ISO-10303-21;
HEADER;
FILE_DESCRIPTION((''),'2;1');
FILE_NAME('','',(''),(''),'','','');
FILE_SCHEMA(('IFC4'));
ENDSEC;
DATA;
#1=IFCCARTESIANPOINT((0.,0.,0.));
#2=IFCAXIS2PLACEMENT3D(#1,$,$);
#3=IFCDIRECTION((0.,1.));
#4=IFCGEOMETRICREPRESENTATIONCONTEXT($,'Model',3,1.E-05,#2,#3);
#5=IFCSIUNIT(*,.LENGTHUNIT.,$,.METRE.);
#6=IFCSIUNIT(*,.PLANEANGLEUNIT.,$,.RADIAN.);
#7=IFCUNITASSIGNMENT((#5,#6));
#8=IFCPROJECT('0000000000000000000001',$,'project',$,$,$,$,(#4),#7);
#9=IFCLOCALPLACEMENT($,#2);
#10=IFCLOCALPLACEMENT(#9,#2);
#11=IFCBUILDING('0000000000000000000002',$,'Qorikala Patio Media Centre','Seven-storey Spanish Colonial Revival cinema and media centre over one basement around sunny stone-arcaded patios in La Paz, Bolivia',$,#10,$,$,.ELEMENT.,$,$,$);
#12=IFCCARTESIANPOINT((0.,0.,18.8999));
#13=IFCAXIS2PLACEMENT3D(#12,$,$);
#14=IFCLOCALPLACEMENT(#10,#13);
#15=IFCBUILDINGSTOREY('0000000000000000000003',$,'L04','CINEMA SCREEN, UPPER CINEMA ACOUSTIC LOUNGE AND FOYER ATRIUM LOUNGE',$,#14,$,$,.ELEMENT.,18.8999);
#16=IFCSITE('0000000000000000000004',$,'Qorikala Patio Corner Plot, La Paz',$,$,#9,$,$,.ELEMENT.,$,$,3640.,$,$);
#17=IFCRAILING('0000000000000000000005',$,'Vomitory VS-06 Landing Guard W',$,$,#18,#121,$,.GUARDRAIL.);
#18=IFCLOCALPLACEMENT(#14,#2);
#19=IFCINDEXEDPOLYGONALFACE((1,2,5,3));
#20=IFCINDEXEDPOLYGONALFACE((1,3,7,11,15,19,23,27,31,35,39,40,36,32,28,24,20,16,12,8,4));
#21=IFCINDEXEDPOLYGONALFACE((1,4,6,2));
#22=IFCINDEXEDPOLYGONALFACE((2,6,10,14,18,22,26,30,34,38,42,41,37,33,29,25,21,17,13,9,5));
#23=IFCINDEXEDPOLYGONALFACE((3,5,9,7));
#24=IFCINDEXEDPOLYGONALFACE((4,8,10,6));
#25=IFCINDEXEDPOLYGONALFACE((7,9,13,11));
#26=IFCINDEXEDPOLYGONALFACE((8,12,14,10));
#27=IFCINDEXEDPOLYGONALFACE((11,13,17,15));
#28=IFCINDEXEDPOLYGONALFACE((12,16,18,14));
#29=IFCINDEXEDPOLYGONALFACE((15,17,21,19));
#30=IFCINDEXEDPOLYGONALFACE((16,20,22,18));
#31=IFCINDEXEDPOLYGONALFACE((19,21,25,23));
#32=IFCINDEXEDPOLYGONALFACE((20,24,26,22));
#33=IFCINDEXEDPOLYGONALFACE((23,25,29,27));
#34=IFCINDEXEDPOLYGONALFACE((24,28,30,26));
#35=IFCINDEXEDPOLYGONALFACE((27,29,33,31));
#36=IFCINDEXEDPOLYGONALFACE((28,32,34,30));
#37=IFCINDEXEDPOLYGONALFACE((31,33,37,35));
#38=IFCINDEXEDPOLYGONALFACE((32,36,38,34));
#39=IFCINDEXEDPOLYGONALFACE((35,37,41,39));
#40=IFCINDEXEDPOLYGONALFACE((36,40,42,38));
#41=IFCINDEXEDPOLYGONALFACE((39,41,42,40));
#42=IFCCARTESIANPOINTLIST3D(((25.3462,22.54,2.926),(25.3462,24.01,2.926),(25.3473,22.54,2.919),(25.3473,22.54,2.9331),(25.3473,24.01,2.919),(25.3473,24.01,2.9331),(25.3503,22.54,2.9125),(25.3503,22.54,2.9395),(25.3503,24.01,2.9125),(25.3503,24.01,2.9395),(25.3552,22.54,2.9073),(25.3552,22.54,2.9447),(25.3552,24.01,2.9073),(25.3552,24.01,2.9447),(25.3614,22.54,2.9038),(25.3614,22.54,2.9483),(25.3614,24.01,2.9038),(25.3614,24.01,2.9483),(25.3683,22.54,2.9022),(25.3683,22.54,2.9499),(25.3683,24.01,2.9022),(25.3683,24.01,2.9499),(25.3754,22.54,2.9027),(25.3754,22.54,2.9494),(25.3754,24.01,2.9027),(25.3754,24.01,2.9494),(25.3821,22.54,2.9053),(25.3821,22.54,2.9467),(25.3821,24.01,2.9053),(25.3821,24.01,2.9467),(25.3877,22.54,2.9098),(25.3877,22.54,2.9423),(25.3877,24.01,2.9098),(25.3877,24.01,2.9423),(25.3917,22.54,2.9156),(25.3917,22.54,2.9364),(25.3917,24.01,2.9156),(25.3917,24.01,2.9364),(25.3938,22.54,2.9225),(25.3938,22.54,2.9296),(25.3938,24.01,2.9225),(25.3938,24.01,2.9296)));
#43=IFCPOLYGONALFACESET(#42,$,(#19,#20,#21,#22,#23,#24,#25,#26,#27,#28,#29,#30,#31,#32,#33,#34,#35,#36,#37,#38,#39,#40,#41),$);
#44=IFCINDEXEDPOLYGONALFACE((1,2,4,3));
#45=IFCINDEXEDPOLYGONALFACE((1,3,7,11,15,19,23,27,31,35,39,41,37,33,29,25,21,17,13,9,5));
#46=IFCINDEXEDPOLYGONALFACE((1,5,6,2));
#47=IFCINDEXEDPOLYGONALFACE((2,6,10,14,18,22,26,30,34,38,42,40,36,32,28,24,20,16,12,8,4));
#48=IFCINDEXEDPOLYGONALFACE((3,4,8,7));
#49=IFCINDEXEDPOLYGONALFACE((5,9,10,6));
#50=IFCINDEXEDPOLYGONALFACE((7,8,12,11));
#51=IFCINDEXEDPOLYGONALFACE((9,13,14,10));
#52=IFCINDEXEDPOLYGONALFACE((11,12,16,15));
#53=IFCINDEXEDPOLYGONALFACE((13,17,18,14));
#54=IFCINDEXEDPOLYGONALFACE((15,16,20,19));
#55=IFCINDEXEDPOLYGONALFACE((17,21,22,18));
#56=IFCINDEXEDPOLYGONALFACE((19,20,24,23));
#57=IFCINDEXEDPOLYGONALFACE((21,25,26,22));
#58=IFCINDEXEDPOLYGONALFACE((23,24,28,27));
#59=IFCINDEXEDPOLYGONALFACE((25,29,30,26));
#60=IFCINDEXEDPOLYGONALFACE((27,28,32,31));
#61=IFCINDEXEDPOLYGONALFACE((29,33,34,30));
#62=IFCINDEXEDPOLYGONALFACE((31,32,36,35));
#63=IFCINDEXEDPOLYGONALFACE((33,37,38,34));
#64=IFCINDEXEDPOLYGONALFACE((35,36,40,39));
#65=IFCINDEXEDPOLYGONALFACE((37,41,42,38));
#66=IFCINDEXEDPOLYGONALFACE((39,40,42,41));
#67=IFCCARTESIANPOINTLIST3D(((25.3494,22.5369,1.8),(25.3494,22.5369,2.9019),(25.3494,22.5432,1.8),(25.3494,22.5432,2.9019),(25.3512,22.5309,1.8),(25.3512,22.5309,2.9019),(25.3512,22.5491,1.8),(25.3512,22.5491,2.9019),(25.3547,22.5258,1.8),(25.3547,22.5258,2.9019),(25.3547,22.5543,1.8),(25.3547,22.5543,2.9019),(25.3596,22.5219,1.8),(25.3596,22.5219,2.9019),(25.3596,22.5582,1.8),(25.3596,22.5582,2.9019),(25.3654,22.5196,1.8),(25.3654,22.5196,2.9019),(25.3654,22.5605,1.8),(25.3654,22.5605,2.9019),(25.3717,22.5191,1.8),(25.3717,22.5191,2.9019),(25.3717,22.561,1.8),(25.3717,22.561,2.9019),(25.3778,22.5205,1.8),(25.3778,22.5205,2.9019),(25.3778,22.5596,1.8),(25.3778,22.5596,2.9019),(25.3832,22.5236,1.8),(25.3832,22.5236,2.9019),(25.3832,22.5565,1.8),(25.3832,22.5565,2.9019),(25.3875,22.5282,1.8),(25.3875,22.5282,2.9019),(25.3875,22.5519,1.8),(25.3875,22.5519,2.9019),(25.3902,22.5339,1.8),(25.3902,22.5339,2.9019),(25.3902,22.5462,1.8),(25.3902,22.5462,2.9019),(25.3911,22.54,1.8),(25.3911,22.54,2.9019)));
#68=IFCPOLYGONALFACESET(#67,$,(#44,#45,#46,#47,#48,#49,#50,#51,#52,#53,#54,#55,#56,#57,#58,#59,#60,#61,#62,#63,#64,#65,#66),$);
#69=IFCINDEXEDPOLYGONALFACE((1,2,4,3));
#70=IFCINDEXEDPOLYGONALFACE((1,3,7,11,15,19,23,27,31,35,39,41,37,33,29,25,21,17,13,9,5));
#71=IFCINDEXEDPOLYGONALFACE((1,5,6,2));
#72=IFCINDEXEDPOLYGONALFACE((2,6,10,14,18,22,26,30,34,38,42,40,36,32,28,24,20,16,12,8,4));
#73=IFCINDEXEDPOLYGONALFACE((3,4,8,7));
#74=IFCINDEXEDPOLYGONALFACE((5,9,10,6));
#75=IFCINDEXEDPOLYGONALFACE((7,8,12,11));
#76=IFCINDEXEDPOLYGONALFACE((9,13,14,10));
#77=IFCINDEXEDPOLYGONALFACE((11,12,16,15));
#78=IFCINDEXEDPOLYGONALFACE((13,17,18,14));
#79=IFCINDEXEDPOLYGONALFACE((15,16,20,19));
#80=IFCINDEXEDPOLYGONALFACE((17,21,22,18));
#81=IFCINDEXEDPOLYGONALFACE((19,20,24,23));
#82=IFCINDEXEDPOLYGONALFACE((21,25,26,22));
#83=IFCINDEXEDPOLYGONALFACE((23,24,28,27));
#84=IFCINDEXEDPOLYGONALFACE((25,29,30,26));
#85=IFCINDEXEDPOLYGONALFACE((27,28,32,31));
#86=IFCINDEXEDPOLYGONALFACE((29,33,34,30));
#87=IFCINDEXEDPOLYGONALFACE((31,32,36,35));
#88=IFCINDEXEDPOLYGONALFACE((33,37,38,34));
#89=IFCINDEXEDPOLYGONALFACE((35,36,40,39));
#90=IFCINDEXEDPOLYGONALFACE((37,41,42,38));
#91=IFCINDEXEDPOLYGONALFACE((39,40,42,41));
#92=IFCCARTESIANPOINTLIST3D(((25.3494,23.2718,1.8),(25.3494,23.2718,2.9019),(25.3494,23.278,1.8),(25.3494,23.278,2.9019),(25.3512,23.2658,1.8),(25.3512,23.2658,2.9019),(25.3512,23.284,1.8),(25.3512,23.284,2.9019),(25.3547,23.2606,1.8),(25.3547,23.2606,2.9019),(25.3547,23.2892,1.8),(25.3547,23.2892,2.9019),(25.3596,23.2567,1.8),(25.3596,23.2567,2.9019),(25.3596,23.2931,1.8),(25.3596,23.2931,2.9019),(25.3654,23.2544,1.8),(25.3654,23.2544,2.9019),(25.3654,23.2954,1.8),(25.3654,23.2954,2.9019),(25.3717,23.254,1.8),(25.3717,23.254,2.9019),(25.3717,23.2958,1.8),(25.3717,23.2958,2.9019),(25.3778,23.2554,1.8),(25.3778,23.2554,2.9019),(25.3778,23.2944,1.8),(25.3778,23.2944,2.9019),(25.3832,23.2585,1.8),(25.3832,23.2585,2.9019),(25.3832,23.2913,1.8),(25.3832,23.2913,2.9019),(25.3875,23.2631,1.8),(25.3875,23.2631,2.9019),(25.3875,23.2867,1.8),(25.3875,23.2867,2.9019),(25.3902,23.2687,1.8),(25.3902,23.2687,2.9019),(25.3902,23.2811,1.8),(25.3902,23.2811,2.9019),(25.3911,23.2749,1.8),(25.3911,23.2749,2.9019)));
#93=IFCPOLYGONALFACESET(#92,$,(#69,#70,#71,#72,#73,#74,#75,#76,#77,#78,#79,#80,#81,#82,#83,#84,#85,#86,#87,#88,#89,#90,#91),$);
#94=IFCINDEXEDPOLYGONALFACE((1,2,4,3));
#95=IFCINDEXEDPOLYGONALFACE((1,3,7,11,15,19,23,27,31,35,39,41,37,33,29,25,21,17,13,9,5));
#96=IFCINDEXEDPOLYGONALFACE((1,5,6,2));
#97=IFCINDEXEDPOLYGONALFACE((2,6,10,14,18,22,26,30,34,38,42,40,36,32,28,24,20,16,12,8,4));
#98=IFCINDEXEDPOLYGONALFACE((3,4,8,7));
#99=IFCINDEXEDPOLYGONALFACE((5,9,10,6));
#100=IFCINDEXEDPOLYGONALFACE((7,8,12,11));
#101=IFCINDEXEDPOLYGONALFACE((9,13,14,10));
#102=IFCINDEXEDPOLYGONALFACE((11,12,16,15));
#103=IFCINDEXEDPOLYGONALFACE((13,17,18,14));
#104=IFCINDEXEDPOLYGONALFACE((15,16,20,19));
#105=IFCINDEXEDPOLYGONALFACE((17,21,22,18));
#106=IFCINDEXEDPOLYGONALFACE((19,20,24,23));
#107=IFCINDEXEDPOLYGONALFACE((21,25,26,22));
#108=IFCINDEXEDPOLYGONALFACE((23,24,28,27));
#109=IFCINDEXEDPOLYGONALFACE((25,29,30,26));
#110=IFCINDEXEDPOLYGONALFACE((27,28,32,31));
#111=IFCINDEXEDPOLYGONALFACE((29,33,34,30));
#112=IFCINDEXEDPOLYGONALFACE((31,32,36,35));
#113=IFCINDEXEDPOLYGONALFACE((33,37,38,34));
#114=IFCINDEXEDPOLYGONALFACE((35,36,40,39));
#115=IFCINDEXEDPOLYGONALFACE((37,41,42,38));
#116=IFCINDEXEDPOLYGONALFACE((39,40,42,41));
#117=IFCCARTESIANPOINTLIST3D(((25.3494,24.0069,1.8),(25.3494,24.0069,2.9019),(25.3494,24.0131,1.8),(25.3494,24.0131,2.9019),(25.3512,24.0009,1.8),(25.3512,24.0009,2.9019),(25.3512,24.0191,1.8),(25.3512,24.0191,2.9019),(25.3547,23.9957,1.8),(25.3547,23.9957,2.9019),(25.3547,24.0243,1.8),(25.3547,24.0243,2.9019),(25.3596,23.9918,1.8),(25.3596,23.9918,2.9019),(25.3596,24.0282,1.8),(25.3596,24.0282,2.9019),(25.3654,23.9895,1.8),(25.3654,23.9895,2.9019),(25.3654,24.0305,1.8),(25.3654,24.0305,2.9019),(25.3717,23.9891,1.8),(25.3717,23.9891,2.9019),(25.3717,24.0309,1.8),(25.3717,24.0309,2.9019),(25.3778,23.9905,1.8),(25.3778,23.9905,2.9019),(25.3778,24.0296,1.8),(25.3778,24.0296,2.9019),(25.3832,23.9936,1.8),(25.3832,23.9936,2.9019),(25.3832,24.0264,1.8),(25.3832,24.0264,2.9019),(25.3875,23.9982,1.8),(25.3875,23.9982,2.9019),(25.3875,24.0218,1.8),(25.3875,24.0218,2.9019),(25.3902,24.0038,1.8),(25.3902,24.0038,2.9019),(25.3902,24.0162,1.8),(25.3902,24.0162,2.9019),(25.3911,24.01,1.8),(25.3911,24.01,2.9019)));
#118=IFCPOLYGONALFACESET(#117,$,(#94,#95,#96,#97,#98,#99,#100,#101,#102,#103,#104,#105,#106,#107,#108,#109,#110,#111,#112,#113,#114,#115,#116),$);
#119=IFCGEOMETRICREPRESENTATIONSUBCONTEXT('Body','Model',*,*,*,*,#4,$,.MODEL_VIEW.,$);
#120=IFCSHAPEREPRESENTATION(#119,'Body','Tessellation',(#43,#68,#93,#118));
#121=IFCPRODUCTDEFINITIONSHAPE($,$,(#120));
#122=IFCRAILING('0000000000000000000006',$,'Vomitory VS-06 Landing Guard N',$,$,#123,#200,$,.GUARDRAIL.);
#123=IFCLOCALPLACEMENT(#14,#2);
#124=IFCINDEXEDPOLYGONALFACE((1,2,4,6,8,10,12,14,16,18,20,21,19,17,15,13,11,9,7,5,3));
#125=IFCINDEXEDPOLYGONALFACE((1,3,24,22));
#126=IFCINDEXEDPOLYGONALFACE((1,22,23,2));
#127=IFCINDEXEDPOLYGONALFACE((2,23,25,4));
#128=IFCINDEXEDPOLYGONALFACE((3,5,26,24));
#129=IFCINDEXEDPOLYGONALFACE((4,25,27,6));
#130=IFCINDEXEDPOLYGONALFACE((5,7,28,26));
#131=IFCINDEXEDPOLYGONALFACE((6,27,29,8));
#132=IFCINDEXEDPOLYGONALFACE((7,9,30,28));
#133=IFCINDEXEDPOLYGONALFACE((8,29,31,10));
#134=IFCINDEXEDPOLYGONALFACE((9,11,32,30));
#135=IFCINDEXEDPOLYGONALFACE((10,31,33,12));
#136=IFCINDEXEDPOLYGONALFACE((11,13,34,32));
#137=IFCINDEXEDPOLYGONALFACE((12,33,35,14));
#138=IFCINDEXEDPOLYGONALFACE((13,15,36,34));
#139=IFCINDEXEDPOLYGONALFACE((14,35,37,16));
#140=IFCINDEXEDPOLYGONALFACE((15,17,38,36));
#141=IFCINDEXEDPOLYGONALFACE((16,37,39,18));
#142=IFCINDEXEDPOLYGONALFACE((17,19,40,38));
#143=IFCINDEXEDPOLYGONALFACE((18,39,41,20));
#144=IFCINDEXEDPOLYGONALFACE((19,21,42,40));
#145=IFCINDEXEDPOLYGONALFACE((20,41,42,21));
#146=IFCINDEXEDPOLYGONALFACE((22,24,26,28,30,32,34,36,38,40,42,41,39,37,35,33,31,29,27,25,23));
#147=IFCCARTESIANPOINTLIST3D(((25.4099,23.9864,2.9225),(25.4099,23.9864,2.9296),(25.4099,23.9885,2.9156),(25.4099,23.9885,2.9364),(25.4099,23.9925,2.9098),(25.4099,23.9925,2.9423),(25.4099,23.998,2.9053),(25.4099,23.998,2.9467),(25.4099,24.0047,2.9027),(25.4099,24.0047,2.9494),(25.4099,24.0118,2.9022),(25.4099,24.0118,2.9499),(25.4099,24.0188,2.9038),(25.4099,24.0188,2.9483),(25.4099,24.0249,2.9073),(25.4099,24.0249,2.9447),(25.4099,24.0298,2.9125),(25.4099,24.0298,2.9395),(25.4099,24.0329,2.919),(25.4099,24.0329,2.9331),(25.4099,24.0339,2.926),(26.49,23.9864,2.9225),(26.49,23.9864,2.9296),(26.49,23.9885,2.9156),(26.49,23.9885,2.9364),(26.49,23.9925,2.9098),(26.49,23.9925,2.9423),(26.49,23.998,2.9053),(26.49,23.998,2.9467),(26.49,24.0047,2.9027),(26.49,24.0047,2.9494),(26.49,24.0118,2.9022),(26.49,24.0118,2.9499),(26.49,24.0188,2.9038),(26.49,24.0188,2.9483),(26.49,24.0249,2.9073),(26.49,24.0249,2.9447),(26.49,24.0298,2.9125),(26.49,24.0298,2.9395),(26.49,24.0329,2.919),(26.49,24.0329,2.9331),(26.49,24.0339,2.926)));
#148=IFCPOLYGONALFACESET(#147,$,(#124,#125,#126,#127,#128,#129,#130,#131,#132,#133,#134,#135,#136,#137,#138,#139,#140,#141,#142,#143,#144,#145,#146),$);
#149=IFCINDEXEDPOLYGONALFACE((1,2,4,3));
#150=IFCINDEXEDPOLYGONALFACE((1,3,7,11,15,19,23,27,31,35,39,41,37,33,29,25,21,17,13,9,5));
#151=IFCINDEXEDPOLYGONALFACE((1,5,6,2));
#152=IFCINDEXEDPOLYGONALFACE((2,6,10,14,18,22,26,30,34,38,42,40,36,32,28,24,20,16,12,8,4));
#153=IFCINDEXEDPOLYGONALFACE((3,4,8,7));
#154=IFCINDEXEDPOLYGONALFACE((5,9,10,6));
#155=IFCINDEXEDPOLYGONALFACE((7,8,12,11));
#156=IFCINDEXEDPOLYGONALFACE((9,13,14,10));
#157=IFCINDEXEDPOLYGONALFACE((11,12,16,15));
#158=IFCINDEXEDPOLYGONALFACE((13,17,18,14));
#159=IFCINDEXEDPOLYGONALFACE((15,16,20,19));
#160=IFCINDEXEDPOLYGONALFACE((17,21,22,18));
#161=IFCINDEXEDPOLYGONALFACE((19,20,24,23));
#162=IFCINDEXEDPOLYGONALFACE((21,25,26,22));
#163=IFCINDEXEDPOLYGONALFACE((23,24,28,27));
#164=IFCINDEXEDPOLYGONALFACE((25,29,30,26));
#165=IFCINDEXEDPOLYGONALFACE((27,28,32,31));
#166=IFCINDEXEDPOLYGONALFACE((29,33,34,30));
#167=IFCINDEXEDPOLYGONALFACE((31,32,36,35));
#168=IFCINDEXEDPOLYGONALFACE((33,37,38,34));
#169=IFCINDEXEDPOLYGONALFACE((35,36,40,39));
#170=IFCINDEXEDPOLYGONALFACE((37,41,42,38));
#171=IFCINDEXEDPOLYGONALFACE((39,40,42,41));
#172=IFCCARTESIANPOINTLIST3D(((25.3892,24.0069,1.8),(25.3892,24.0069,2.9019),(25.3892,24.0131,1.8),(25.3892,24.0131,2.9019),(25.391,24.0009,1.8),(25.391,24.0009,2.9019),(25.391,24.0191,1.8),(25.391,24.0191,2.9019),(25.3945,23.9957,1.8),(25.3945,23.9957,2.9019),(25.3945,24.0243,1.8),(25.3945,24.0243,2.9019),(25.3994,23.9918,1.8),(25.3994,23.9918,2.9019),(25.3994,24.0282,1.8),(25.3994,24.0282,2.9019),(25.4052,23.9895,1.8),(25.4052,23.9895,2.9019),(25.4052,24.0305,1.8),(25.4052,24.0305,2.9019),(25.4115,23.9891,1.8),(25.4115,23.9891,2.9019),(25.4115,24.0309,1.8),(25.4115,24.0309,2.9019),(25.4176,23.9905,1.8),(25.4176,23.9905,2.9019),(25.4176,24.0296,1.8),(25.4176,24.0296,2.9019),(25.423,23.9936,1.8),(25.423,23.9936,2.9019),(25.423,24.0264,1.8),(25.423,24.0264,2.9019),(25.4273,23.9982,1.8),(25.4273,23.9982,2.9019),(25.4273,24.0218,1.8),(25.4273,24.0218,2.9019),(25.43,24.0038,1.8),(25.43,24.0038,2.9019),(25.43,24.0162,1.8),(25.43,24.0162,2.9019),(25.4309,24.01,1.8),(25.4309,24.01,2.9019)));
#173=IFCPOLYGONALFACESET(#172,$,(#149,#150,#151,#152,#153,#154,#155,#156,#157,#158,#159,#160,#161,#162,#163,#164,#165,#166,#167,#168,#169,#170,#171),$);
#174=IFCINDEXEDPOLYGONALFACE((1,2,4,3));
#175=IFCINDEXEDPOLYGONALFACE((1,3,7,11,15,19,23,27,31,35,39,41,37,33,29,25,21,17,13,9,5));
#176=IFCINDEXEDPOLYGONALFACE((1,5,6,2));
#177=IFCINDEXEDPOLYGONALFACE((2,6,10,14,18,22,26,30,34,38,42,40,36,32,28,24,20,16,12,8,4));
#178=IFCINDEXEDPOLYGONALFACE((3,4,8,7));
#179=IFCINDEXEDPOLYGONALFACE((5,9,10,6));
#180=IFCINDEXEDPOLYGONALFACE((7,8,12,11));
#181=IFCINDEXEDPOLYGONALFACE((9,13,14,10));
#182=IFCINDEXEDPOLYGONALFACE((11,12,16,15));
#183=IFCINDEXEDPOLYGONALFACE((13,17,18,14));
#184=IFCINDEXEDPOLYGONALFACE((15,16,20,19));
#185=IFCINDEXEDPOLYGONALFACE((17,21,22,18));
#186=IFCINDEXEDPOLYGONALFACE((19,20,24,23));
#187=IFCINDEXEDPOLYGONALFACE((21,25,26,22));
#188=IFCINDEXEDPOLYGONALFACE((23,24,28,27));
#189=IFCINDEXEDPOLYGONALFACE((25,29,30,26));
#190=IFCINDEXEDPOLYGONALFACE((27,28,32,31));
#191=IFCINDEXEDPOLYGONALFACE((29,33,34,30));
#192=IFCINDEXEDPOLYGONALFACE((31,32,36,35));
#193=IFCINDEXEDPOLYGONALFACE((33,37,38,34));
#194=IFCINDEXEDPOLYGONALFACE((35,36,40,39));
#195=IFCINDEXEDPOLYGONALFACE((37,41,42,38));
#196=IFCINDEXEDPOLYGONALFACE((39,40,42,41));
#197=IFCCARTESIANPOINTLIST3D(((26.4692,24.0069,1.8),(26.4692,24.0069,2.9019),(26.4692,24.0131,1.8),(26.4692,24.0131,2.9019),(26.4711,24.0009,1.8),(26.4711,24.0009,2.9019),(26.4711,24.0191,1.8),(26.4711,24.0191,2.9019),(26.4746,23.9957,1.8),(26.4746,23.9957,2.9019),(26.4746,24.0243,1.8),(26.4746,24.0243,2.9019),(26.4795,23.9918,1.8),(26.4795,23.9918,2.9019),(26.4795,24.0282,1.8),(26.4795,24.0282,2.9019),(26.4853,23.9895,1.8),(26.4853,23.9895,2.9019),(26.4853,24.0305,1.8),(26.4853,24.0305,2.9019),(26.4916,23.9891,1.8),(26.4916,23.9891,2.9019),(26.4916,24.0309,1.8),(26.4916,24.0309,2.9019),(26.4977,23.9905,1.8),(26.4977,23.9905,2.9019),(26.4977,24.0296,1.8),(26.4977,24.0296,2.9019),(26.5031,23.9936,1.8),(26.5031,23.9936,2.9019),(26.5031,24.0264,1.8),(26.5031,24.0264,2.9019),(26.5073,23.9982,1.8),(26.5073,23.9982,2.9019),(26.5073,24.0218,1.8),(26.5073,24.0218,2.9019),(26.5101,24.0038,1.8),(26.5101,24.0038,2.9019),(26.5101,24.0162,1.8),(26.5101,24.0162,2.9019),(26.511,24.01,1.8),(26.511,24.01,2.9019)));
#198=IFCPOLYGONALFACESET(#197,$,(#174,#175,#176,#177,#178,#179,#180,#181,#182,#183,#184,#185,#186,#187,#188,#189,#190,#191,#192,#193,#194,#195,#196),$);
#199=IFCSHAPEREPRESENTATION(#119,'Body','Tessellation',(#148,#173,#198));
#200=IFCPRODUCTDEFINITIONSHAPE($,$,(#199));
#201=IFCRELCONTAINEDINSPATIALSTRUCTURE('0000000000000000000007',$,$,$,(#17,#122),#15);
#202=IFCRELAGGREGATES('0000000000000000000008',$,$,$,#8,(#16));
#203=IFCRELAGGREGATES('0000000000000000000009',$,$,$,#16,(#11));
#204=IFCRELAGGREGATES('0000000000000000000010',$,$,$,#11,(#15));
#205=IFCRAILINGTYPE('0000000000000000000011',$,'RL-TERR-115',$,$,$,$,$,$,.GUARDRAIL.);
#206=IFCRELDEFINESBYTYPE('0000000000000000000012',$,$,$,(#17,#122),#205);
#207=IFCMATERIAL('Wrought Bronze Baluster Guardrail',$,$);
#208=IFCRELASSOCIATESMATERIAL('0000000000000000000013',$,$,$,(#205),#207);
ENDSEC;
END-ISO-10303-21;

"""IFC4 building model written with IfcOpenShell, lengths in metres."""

from ifc_helpers import new_model, si_unit, direction, frame, origin, origin_2d, place, context, subcontext, project, spatial, circle, extrude, material, type_object, element, save


model = new_model("IFC4")

# Units and contexts
model_context = context("Model", 3, precision=1e-05, world=origin(), true_north=direction((0.0, 1.0)))
body_context = subcontext(model_context, "Body", "Model", "MODEL_VIEW")
ifc_project = project(units=[si_unit("LENGTHUNIT", "METRE"), si_unit("PLANEANGLEUNIT", "RADIAN")], contexts=[model_context])

# Site, building, storey
site_placement = place(None, origin())
site = spatial("IfcSite", under=ifc_project, at=site_placement, Name="Qorikala Patio Corner Plot, La Paz", CompositionType="ELEMENT", RefElevation=3640.0)
building_placement = place(site_placement, origin())
building = spatial("IfcBuilding", under=site, at=building_placement, Name="Qorikala Patio Media Centre", Description="Seven-storey Spanish Colonial Revival cinema and media centre over one basement around sunny stone-arcaded patios in La Paz, Bolivia", CompositionType="ELEMENT")
storey_placement = place(building_placement, frame((0.0, 0.0, 18.8999)))
storey = spatial("IfcBuildingStorey", under=building, at=storey_placement, Name="L04", Description="CINEMA SCREEN, UPPER CINEMA ACOUSTIC LOUNGE AND FOYER ATRIUM LOUNGE", CompositionType="ELEMENT", Elevation=18.8999)

# Railings
ifc_material_1 = material(Name="Wrought Bronze Baluster Guardrail")
railing_type = type_object("IfcRailingType", Name="RL-TERR-115", PredefinedType="GUARDRAIL", material=ifc_material_1)
railing_1_placement = place(storey_placement, frame((25.3701, 22.54, 1.8)))
element("IfcRailing", 1, at=railing_1_placement, inside=storey, type_object=railing_type, Name="Vomitory VS-06 Landing Guard W", PredefinedType="GUARDRAIL", context=body_context, shape_type="SweptSolid", body=[
    extrude(circle(Radius=0.0239, at=origin_2d()), frame((0.0, 0.0, 1.126), z_axis=(0.0, 1.0, 0.0), x_axis=(-1.0, 0.0, 0.0)), (0.0, 0.0, 1.0), 1.47),
    extrude(circle(Radius=0.021, at=origin_2d()), origin(), (0.0, 0.0, 1.0), 1.1018),
    extrude(circle(Radius=0.021, at=origin_2d()), frame((0.0, 0.7349, 0.0)), (0.0, 0.0, 1.0), 1.1018),
    extrude(circle(Radius=0.021, at=origin_2d()), frame((0.0, 1.47, 0.0)), (0.0, 0.0, 1.0), 1.1018),
])
railing_2_placement = place(storey_placement, frame((25.4099, 24.01, 1.8)))
element("IfcRailing", 2, at=railing_2_placement, inside=storey, type_object=railing_type, Name="Vomitory VS-06 Landing Guard N", PredefinedType="GUARDRAIL", context=body_context, shape_type="SweptSolid", body=[
    extrude(circle(Radius=0.0239, at=origin_2d()), frame((0.0, 0.0, 1.126), z_axis=(1.0, 0.0, 0.0), x_axis=(0.0, 1.0, 0.0)), (0.0, 0.0, 1.0), 1.0801),
    extrude(circle(Radius=0.021, at=origin_2d()), origin(), (0.0, 0.0, 1.0), 1.1018),
    extrude(circle(Radius=0.021, at=origin_2d()), frame((1.0801, 0.0, 0.0)), (0.0, 0.0, 1.0), 1.1018),
])

save(model, "model.ifc")
